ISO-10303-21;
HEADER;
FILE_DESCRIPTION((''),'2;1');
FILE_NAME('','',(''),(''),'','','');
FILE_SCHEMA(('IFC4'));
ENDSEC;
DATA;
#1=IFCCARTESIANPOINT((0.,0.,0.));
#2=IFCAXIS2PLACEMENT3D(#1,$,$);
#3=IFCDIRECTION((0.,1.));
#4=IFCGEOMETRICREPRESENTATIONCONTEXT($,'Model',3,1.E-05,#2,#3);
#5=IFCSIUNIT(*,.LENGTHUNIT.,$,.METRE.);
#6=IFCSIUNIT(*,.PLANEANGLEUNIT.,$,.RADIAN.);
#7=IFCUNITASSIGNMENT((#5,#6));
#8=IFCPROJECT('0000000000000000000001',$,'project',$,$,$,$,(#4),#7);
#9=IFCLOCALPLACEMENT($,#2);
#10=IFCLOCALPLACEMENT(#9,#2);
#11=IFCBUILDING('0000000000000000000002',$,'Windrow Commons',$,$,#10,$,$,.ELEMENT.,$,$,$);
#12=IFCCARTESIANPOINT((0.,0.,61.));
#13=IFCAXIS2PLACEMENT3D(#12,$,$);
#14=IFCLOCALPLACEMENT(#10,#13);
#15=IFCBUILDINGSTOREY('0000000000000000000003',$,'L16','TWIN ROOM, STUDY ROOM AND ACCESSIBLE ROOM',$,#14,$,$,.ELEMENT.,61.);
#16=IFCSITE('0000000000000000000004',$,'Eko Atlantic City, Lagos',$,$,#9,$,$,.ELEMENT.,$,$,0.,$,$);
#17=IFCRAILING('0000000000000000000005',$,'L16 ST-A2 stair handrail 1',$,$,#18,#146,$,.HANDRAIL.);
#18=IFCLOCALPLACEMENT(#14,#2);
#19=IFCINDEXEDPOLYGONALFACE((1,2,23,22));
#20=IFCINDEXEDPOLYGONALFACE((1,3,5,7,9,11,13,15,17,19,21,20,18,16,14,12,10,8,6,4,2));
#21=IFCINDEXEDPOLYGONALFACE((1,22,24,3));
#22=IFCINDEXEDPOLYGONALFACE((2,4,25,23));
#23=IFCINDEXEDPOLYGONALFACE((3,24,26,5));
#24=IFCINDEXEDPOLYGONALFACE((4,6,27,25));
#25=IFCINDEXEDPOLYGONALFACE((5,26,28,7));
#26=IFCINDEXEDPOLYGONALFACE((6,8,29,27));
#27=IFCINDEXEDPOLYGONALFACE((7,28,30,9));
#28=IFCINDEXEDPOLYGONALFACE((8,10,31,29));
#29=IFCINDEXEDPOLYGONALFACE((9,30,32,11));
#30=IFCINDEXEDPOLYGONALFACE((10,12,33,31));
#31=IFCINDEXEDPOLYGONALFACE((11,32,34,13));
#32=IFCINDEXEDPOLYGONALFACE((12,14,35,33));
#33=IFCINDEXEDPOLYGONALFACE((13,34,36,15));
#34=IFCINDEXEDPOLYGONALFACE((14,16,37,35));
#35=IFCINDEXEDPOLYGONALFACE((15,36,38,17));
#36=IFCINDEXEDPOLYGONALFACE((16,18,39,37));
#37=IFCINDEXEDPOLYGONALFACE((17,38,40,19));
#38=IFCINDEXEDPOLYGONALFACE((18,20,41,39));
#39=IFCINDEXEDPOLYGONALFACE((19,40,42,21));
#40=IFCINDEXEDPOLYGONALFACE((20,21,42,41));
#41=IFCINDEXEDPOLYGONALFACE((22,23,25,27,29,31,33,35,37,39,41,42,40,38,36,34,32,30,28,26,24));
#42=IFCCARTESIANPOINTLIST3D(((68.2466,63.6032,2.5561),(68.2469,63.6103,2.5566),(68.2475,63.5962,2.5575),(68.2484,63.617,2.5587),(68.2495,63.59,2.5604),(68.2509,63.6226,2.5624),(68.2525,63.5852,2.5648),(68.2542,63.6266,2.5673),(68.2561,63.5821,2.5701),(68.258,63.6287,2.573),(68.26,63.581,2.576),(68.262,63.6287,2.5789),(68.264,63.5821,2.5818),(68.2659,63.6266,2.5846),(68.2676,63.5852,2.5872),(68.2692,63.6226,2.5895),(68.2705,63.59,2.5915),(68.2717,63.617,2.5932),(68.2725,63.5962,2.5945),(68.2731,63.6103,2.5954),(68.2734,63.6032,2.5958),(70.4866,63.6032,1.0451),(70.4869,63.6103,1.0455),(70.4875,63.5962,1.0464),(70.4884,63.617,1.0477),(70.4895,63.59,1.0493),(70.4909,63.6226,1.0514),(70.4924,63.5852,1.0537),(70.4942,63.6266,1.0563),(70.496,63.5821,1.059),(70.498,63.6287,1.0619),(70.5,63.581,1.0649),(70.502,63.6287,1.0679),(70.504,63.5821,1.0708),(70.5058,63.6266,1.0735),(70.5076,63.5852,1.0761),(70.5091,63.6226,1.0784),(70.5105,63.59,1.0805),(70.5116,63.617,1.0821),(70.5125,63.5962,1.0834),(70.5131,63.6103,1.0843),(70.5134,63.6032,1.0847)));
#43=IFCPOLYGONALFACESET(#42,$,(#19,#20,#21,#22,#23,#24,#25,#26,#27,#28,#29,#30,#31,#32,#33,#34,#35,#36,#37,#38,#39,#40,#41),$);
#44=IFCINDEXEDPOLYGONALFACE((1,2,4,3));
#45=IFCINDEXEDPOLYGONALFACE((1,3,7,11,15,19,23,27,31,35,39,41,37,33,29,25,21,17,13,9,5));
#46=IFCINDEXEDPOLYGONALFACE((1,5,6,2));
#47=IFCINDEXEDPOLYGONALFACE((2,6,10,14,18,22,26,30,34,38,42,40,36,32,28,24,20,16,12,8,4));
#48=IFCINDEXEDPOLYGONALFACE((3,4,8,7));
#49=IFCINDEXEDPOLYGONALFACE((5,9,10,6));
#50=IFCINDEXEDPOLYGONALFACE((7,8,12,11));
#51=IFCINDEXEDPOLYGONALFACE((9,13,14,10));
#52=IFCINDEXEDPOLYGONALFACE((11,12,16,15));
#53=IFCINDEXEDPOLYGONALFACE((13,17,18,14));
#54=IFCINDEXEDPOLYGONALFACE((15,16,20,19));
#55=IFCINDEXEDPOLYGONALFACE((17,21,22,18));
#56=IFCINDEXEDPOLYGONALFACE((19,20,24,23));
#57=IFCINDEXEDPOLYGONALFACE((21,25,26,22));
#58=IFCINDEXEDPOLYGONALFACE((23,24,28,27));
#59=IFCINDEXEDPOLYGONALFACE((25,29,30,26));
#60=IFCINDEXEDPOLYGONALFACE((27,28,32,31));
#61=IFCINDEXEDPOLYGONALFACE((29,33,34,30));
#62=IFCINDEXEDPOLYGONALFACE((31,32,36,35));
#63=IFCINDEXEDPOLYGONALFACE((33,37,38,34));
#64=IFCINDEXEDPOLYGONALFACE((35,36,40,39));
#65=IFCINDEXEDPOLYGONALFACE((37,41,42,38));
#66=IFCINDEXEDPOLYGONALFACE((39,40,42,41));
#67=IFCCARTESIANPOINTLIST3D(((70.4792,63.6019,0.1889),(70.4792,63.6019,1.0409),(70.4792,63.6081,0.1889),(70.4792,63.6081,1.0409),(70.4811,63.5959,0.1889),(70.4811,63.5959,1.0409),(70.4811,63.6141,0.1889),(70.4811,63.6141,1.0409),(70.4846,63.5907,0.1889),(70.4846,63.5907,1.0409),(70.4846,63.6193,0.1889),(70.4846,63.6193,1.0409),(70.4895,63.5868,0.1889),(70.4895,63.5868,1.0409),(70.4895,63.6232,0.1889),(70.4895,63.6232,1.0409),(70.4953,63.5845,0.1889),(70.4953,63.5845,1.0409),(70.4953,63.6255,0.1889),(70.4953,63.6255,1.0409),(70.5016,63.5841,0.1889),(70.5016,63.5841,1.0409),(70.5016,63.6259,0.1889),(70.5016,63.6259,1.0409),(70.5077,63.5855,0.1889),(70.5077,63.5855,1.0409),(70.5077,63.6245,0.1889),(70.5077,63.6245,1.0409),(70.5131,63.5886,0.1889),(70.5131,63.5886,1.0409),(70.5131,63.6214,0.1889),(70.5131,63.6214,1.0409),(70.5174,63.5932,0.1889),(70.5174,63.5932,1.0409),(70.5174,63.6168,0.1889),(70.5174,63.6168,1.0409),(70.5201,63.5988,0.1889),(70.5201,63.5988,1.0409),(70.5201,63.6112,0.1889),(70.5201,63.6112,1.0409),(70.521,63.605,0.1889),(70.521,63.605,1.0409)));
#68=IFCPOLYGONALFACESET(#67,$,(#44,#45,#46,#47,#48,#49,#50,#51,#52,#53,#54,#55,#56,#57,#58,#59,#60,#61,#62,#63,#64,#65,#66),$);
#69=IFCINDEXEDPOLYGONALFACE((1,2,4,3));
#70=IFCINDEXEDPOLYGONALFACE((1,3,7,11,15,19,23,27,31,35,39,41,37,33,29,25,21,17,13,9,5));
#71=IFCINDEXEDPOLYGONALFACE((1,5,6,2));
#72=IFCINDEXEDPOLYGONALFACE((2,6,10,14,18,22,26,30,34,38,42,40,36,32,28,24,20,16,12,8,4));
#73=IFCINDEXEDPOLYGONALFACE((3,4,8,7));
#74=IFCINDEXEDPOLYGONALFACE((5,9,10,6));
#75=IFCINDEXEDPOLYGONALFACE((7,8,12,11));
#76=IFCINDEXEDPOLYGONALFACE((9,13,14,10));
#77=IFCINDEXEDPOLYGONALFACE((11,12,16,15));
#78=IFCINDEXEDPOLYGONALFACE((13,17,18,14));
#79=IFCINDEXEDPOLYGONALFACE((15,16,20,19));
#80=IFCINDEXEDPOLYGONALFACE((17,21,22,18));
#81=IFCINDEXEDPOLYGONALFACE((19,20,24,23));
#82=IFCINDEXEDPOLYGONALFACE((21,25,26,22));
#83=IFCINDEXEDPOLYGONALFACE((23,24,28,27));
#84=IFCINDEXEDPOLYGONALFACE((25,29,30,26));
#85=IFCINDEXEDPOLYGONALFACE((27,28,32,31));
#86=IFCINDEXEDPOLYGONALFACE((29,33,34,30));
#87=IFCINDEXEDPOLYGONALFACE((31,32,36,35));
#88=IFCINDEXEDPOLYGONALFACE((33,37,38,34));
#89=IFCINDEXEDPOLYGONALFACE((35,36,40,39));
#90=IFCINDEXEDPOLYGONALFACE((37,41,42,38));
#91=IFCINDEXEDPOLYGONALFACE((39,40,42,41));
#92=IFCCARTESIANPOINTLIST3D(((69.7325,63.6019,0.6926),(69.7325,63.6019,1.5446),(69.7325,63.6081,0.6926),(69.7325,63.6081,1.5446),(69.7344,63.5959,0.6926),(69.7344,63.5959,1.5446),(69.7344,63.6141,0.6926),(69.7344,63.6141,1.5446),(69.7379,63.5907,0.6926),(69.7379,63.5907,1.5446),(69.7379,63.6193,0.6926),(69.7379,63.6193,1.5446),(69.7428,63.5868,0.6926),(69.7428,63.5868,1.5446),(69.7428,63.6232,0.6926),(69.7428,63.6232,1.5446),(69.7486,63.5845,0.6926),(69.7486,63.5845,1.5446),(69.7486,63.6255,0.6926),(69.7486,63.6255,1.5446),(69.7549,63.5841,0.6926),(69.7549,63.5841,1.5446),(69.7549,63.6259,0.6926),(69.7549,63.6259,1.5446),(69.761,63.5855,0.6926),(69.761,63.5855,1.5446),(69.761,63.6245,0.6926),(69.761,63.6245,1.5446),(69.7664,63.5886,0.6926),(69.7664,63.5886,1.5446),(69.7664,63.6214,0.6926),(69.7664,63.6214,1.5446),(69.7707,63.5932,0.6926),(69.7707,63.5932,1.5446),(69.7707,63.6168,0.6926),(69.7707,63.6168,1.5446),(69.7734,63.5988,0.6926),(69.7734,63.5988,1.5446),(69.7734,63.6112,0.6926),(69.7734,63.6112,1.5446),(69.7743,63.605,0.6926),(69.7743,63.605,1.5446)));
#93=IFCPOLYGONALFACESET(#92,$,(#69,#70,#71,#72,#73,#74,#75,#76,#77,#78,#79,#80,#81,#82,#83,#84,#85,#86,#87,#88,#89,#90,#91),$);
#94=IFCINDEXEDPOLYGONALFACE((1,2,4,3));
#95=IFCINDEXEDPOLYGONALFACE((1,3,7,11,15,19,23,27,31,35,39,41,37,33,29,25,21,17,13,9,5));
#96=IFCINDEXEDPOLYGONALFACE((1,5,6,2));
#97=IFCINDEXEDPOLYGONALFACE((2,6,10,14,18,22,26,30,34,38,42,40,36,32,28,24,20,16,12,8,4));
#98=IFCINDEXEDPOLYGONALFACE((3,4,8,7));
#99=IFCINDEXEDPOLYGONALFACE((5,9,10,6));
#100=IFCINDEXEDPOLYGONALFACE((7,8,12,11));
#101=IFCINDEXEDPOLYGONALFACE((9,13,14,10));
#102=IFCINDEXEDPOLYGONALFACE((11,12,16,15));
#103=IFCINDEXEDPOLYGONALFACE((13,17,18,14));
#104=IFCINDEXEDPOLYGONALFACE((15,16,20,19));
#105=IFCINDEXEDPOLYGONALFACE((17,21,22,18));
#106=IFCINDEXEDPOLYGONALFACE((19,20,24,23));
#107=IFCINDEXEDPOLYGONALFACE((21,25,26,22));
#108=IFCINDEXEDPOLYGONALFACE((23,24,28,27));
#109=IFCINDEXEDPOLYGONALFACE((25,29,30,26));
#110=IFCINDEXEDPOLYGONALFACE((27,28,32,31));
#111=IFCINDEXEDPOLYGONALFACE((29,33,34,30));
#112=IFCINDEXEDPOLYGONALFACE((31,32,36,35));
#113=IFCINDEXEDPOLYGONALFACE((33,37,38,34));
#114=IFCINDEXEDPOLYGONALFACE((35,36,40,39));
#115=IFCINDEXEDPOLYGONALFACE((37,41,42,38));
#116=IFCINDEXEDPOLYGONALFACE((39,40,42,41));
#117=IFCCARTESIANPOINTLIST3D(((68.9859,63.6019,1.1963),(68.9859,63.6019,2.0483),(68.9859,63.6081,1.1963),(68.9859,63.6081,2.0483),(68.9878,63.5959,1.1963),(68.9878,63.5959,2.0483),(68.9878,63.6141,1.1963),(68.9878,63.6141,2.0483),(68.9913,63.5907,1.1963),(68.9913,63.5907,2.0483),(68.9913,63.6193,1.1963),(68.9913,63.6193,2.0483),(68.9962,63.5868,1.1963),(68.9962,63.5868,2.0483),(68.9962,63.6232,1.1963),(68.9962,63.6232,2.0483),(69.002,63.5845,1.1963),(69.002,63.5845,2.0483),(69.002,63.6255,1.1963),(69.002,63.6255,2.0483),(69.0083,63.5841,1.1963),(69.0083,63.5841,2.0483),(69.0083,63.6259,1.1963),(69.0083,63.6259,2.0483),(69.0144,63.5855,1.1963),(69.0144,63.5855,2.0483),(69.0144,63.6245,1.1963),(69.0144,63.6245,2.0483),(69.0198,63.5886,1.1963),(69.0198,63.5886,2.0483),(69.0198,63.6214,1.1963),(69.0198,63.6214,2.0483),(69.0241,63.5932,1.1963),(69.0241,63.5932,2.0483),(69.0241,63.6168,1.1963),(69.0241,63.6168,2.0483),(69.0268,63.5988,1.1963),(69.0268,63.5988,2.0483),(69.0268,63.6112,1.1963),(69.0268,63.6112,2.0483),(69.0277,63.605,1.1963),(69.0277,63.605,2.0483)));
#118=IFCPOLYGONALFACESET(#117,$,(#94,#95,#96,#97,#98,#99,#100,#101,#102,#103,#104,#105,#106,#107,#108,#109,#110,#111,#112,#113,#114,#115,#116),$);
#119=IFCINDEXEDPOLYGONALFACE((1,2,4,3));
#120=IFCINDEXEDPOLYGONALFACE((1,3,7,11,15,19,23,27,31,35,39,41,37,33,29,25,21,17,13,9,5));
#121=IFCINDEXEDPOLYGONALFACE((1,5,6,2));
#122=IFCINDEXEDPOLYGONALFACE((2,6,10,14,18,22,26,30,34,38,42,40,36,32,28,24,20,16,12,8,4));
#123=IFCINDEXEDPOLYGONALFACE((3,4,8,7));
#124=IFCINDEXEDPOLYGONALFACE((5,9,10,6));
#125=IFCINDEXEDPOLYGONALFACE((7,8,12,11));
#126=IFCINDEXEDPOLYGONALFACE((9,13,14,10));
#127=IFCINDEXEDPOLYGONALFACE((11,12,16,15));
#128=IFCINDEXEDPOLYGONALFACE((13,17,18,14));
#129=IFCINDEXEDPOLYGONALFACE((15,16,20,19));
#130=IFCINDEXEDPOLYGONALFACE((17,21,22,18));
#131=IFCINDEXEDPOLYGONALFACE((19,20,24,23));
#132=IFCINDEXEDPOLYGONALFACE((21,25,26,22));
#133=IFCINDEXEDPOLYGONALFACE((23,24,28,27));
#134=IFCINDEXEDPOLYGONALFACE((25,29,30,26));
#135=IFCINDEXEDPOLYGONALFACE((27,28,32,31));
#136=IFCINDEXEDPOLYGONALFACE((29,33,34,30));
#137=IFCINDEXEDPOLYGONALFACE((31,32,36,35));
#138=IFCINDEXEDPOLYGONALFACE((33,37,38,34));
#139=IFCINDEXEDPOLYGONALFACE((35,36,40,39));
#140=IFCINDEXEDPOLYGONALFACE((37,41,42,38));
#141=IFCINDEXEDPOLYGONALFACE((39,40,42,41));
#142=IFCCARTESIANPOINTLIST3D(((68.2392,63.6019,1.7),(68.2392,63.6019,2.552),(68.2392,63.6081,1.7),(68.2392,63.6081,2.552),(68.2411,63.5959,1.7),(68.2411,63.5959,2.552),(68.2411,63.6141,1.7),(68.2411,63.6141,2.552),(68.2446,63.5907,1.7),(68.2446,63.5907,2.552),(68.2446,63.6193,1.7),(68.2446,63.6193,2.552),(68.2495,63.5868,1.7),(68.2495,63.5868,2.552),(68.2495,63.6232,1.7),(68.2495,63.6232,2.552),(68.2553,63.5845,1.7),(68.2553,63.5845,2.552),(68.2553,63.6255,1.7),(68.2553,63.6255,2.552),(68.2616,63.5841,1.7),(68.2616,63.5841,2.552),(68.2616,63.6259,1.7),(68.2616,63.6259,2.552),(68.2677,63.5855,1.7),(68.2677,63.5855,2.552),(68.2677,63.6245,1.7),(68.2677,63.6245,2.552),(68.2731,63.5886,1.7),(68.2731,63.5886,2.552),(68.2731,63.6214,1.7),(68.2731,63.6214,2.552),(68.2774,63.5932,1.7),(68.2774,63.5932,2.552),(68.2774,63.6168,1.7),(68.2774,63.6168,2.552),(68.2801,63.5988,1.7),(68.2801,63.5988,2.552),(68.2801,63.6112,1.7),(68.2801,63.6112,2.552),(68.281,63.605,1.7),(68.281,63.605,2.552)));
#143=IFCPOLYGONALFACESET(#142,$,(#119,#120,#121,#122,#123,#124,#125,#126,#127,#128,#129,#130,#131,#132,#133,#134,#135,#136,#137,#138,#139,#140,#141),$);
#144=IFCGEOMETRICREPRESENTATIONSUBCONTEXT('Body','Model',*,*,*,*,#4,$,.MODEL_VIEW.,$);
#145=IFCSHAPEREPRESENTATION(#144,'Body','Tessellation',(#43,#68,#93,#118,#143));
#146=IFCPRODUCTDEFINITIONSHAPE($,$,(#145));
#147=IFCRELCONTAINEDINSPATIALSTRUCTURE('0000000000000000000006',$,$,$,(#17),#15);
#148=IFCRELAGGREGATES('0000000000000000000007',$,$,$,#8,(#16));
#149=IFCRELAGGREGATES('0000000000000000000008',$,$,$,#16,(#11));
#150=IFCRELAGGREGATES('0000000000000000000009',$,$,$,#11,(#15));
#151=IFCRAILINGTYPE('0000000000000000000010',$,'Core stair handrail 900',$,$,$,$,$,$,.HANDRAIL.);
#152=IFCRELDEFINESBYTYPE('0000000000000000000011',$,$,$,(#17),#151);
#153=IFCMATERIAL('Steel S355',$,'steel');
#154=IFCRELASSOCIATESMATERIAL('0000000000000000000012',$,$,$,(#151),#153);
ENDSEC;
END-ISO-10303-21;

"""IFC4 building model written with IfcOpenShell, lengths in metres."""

from ifc_helpers import new_model, si_unit, direction, frame, origin, origin_2d, place, context, subcontext, project, spatial, circle, extrude, material, type_object, element, save


model = new_model("IFC4")

# Units and contexts
model_context = context("Model", 3, precision=1e-05, world=origin(), true_north=direction((0.0, 1.0)))
body_context = subcontext(model_context, "Body", "Model", "MODEL_VIEW")
ifc_project = project(units=[si_unit("LENGTHUNIT", "METRE"), si_unit("PLANEANGLEUNIT", "RADIAN")], contexts=[model_context])

# Site, building, storey
site_placement = place(None, origin())
site = spatial("IfcSite", under=ifc_project, at=site_placement, Name="Eko Atlantic City, Lagos", CompositionType="ELEMENT", RefElevation=0.0)
building_placement = place(site_placement, origin())
building = spatial("IfcBuilding", under=site, at=building_placement, Name="Windrow Commons", CompositionType="ELEMENT")
storey_placement = place(building_placement, frame((0.0, 0.0, 61.0)))
storey = spatial("IfcBuildingStorey", under=building, at=storey_placement, Name="L16", Description="TWIN ROOM, STUDY ROOM AND ACCESSIBLE ROOM", CompositionType="ELEMENT", Elevation=61.0)

# Railing
ifc_material_1 = material(Name="Steel S355", Category="steel")
railing_type_1 = type_object("IfcRailingType", Name="Core stair handrail 900", PredefinedType="HANDRAIL", material=ifc_material_1)
for number, where, name in (
    (1, (70.5, 63.605, 0.1889), "L16 ST-A2 stair handrail 1"),
):
    element("IfcRailing", number, at=place(storey_placement, frame(where)), inside=storey, type_object=railing_type_1, Name=name, PredefinedType="HANDRAIL", context=body_context, shape_type="SweptSolid", body=[
        extrude(circle(Radius=0.024, at=origin_2d()), frame((0.0, 0.0, 0.876), z_axis=(-0.829003, 0.0, 0.559244), x_axis=(0.0, -1.0, 0.0)), (0.0, 0.0, 1.0), 2.702),
        extrude(circle(Radius=0.021, at=origin_2d()), origin(), (0.0, 0.0, 1.0), 0.852),
        extrude(circle(Radius=0.021, at=origin_2d()), frame((-0.7467, 0.0, 0.5037)), (0.0, 0.0, 1.0), 0.852),
        extrude(circle(Radius=0.021, at=origin_2d()), frame((-1.4933, 0.0, 1.0074)), (0.0, 0.0, 1.0), 0.852),
        extrude(circle(Radius=0.021, at=origin_2d()), frame((-2.24, 0.0, 1.5111)), (0.0, 0.0, 1.0), 0.852),
    ])

save(model, "model.ifc")
